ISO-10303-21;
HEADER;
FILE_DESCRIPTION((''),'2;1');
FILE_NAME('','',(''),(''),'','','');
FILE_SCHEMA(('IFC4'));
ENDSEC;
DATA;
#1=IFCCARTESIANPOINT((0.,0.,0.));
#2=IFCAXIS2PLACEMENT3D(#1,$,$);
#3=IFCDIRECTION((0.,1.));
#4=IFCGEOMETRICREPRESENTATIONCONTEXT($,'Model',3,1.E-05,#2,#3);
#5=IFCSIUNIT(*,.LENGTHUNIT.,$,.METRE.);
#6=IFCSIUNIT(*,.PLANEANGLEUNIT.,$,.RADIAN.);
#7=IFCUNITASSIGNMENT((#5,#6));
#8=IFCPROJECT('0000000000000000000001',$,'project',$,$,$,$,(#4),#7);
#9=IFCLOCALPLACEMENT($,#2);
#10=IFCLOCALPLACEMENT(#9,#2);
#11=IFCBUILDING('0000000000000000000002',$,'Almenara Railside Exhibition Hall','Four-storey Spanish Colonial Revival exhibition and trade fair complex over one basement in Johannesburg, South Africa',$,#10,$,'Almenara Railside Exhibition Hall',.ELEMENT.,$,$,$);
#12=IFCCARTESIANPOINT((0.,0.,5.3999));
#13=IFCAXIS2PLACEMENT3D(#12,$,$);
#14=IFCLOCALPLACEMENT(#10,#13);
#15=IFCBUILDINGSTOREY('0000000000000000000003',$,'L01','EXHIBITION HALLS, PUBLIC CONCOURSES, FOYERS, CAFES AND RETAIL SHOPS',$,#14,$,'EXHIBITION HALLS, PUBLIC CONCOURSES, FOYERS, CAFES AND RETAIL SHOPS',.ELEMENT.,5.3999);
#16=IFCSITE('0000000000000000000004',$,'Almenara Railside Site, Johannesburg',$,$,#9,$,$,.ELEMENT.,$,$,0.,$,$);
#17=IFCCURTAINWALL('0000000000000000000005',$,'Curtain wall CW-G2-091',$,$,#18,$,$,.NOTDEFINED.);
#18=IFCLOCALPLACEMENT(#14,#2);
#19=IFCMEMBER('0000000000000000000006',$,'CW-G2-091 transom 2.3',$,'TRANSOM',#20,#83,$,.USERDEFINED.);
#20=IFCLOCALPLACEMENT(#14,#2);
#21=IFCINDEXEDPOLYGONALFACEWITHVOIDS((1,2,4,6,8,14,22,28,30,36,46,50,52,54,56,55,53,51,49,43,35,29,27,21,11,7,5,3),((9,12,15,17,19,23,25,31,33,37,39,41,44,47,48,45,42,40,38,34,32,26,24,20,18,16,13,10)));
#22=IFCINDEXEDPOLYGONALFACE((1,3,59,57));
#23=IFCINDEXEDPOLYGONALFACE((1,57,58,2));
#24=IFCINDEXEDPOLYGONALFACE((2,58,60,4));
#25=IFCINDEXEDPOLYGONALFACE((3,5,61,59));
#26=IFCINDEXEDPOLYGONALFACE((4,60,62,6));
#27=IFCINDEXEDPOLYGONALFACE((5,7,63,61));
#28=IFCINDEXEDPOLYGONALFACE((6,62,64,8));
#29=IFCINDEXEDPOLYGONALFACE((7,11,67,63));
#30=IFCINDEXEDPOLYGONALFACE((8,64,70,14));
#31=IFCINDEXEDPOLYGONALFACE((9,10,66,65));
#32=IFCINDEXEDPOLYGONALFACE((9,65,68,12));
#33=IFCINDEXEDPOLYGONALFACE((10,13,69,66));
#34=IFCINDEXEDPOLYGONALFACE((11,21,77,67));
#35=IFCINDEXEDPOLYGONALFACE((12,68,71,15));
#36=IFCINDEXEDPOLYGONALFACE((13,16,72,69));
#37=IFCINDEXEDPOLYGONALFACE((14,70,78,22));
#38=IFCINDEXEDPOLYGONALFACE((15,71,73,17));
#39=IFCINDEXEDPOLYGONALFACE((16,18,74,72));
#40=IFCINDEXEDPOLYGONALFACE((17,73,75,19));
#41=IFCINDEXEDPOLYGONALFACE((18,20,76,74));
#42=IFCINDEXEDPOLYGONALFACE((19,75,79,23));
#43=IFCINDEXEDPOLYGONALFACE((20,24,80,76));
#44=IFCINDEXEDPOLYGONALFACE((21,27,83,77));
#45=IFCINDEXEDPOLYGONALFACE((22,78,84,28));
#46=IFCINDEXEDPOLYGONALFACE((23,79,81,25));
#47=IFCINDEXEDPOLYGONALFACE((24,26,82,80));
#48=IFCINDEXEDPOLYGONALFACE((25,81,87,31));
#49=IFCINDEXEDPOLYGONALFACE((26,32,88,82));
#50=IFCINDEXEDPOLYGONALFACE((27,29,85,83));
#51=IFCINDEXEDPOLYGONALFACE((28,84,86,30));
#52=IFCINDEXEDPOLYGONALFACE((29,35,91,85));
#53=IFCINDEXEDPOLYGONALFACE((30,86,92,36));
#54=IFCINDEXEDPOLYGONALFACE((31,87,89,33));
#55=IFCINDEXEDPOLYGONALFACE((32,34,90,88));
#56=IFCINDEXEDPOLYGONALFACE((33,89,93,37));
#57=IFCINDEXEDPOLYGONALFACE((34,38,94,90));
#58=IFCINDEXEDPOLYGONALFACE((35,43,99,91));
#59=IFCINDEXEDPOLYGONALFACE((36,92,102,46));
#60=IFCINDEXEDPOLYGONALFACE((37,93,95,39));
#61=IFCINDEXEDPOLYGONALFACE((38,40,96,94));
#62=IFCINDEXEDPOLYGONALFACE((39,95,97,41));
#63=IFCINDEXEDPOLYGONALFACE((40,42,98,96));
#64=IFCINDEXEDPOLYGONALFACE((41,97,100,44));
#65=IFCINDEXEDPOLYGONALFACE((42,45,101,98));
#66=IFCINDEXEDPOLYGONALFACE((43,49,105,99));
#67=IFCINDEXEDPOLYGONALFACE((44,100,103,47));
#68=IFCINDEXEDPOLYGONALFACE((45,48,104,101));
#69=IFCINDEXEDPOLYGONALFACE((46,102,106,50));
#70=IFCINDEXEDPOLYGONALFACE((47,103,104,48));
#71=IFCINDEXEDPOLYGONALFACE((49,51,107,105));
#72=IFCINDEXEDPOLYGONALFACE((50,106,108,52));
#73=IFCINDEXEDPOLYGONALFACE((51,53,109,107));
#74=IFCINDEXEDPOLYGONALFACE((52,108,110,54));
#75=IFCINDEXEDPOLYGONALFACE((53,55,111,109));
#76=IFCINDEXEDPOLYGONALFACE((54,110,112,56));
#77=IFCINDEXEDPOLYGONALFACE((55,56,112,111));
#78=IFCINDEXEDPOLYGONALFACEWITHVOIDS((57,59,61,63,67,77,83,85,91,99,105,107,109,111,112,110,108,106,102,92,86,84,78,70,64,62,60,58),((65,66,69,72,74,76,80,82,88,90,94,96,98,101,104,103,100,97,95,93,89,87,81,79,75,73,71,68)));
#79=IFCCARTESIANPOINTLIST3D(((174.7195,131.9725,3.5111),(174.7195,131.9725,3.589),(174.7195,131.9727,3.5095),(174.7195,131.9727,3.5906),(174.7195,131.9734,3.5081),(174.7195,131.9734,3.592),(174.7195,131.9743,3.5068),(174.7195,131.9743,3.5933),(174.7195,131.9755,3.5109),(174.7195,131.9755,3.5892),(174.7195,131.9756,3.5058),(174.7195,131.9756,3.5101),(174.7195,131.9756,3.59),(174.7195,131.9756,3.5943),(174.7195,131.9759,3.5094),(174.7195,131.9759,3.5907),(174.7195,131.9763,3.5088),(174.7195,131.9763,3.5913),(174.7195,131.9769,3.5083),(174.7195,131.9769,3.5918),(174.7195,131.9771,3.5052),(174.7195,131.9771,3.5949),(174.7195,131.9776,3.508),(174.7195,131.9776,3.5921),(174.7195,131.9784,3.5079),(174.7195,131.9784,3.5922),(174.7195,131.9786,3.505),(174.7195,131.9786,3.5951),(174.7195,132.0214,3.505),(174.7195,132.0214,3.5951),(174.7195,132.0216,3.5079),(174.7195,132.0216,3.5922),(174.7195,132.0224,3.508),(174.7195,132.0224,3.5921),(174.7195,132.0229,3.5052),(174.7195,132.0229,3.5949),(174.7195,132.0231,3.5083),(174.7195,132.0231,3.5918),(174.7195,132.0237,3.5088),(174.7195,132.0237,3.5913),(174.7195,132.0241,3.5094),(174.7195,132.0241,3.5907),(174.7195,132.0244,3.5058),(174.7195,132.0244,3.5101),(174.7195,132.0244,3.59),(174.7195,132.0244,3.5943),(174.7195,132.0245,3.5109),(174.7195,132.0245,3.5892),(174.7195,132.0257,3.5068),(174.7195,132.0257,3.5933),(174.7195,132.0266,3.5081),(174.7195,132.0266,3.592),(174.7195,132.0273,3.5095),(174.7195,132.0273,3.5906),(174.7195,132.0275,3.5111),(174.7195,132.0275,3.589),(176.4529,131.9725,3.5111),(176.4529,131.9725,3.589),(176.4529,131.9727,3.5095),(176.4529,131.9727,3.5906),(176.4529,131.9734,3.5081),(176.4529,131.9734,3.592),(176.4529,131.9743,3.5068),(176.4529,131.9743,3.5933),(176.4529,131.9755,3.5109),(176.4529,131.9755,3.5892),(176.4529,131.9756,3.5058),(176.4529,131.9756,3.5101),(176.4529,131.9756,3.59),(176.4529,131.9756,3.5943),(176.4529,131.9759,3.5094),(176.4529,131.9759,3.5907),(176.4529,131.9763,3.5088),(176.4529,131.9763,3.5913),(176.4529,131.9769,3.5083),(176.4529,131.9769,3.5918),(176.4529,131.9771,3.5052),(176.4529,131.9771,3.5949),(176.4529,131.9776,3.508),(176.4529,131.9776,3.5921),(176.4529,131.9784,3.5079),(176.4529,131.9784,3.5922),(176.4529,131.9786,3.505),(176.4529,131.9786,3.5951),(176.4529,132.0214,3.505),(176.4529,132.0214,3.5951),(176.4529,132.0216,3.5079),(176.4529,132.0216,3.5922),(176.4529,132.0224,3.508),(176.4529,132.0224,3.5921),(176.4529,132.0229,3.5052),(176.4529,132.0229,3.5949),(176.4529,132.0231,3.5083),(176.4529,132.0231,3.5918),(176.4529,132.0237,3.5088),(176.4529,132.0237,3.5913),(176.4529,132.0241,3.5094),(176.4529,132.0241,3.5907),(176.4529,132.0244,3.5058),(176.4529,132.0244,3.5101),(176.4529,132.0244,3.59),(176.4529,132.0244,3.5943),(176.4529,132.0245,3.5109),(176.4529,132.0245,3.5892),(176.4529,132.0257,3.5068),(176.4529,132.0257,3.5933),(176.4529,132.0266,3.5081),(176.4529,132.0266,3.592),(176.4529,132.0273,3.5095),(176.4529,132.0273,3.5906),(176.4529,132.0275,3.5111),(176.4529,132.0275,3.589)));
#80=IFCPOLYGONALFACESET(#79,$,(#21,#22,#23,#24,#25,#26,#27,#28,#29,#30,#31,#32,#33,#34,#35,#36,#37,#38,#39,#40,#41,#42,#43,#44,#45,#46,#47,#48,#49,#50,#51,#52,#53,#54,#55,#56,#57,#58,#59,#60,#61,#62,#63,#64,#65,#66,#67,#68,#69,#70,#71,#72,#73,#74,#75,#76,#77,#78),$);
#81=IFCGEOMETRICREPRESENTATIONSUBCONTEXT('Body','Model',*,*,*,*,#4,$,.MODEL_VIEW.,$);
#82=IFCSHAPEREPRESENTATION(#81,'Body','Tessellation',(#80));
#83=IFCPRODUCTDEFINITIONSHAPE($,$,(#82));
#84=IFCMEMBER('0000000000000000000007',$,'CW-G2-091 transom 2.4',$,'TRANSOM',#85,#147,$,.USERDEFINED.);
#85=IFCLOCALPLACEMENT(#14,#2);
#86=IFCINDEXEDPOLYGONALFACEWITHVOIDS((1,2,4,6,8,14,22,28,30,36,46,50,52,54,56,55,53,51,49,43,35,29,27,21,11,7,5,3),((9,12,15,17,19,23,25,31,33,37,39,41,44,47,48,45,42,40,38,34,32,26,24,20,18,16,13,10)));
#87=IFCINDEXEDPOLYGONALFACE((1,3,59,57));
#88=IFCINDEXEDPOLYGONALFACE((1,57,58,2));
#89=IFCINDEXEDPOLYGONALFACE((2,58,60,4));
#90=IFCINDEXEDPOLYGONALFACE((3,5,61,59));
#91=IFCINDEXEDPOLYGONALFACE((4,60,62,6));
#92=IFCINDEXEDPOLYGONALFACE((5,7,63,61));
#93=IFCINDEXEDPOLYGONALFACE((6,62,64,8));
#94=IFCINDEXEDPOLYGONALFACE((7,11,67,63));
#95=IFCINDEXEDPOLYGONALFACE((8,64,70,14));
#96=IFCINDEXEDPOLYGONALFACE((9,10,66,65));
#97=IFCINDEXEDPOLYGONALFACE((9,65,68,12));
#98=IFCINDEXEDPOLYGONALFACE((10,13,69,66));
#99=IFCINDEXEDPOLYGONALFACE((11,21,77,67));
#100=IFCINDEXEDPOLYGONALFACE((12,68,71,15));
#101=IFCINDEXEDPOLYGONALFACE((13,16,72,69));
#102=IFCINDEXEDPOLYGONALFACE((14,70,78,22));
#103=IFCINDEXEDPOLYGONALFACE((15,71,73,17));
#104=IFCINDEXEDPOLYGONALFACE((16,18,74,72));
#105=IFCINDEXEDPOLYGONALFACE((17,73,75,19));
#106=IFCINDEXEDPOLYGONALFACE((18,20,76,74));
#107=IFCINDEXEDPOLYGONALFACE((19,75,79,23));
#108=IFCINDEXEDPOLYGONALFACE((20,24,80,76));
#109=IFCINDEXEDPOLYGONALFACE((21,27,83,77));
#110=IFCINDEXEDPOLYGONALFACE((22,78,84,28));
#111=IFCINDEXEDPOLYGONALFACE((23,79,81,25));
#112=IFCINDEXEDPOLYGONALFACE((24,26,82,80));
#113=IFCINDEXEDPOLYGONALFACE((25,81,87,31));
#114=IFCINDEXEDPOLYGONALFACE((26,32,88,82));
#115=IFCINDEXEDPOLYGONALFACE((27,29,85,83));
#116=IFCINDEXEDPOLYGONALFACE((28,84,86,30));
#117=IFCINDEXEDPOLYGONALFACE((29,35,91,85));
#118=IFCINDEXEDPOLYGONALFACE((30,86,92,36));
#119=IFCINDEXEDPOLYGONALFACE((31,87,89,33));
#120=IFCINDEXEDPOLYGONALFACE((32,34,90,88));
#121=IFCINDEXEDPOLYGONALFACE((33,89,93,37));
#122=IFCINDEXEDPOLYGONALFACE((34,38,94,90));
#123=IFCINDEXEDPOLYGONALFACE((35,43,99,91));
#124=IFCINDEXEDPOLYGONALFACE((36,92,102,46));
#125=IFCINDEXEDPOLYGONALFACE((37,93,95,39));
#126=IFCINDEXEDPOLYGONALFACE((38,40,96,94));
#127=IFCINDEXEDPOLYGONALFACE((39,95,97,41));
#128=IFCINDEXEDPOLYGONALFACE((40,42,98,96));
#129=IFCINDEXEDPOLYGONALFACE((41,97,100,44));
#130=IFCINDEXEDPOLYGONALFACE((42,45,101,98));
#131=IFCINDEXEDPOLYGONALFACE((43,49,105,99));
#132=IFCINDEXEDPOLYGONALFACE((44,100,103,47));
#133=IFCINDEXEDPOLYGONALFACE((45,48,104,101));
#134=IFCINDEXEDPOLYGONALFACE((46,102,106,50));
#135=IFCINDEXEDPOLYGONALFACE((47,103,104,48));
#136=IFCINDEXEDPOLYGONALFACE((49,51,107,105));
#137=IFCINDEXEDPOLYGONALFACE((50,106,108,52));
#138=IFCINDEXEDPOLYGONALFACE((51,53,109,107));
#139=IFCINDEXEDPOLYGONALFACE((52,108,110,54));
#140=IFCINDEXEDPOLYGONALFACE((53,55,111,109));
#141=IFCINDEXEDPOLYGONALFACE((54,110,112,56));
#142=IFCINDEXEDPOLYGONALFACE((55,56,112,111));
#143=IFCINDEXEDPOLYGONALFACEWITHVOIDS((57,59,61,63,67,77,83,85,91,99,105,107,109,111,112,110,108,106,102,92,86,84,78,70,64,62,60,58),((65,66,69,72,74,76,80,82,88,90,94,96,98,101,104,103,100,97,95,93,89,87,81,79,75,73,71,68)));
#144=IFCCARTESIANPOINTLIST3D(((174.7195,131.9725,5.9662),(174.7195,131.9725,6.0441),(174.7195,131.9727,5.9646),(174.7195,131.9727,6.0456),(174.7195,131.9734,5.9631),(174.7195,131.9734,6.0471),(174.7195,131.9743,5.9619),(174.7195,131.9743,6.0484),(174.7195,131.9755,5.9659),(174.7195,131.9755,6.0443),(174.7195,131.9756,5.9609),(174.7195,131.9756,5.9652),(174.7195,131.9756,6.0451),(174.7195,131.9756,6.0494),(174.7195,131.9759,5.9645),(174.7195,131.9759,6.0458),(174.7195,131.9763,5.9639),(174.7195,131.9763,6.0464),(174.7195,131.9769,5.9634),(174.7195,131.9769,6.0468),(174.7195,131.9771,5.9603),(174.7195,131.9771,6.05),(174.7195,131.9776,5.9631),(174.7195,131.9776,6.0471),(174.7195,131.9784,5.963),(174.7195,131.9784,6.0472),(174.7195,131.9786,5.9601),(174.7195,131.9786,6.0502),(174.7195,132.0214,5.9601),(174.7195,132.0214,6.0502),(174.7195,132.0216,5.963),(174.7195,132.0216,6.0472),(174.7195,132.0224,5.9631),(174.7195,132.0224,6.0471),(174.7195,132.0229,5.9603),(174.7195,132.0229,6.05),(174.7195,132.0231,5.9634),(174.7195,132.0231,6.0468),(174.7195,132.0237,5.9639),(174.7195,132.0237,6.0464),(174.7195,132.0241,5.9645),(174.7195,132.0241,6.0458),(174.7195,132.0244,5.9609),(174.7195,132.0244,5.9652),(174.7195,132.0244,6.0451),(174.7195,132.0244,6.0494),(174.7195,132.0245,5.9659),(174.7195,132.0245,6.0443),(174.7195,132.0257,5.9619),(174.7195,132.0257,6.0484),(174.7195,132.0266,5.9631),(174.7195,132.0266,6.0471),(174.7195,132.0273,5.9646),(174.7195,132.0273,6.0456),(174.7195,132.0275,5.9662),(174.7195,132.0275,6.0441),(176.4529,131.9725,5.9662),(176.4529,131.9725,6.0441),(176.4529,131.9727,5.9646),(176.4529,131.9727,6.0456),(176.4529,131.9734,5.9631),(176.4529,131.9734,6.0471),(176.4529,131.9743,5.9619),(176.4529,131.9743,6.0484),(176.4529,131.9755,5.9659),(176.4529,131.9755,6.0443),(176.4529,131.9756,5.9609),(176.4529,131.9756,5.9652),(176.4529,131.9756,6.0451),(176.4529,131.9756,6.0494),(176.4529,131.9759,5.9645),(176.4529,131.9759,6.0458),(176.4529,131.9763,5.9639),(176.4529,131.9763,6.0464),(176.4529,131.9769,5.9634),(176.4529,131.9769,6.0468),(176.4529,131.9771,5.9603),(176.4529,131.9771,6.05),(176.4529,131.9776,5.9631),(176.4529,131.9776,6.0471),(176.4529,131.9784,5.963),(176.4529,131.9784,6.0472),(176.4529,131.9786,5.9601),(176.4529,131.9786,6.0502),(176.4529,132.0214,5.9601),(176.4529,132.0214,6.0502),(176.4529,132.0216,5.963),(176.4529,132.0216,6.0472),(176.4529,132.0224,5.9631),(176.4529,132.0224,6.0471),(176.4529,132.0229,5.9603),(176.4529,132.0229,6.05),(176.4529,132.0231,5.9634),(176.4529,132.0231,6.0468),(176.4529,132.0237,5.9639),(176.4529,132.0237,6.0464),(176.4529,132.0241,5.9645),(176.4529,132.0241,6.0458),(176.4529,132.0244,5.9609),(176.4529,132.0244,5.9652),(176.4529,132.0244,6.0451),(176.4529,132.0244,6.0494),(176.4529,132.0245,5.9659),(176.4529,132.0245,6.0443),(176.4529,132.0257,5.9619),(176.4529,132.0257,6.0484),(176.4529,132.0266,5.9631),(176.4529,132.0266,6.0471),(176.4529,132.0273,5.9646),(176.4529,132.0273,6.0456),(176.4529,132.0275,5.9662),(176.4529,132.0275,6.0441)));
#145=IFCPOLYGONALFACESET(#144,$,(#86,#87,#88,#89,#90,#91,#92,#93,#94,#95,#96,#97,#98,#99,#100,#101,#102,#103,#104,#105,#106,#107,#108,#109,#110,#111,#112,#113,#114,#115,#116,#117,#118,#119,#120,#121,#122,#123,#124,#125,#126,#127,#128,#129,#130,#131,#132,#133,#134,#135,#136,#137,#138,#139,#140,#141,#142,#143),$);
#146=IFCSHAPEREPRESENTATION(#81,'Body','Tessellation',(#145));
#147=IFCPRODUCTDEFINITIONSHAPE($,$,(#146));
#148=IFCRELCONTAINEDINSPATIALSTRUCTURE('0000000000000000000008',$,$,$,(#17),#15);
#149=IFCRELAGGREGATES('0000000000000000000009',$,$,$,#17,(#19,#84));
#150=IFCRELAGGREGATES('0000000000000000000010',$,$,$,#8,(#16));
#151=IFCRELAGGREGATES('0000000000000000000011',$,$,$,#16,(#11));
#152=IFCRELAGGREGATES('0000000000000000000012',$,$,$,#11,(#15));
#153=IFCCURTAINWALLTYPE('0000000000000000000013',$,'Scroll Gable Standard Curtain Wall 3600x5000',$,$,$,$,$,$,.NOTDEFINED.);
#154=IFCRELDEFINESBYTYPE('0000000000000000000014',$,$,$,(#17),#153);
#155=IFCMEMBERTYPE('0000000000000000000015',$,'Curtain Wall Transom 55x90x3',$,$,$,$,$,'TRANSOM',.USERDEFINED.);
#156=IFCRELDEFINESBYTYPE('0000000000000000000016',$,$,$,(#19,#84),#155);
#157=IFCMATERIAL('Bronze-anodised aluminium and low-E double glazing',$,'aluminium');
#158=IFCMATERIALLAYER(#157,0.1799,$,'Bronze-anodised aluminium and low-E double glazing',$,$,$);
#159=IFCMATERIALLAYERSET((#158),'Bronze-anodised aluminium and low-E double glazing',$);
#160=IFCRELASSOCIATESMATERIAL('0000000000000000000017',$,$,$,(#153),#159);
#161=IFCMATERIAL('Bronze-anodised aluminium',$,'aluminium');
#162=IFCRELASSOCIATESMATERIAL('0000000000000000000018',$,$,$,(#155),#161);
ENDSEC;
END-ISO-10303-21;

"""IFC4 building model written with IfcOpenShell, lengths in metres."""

from ifc_helpers import new_model, si_unit, direction, frame, origin, origin_2d, place, context, subcontext, project, spatial, hollow_rectangle, extrude, material, layer, layer_set, material_profile, profile_set, type_object, element, aggregate, save


model = new_model("IFC4")

# Units and contexts
model_context = context("Model", 3, precision=1e-05, world=origin(), true_north=direction((0.0, 1.0)))
body_context = subcontext(model_context, "Body", "Model", "MODEL_VIEW")
ifc_project = project(units=[si_unit("LENGTHUNIT", "METRE"), si_unit("PLANEANGLEUNIT", "RADIAN")], contexts=[model_context])

# Site, building, storey
site_placement = place(None, origin())
site = spatial("IfcSite", under=ifc_project, at=site_placement, Name="Almenara Railside Site, Johannesburg", CompositionType="ELEMENT", RefElevation=0.0)
building_placement = place(site_placement, origin())
building = spatial("IfcBuilding", under=site, at=building_placement, Name="Almenara Railside Exhibition Hall", Description="Four-storey Spanish Colonial Revival exhibition and trade fair complex over one basement in Johannesburg, South Africa", LongName="Almenara Railside Exhibition Hall", CompositionType="ELEMENT")
storey_placement = place(building_placement, frame((0.0, 0.0, 5.3999)))
storey = spatial("IfcBuildingStorey", under=building, at=storey_placement, Name="L01", Description="EXHIBITION HALLS, PUBLIC CONCOURSES, FOYERS, CAFES AND RETAIL SHOPS", LongName="EXHIBITION HALLS, PUBLIC CONCOURSES, FOYERS, CAFES AND RETAIL SHOPS", CompositionType="ELEMENT", Elevation=5.3999)

# Curtain wall
ifc_material_1 = material(Name="Bronze-anodised aluminium and low-E double glazing", Category="aluminium")
ifc_layer_1 = layer(ifc_material_1, 0.1799, Name="Bronze-anodised aluminium and low-E double glazing")
ifc_layer_set_1 = layer_set([ifc_layer_1], Name="Bronze-anodised aluminium and low-E double glazing")
curtain_wall_type = type_object("IfcCurtainWallType", Name="Scroll Gable Standard Curtain Wall 3600x5000", PredefinedType="NOTDEFINED", material=ifc_layer_set_1)
curtain_wall_1_placement = place(storey_placement, origin())
curtain_wall_1 = element("IfcCurtainWall", 1, at=curtain_wall_1_placement, inside=storey, type_object=curtain_wall_type, Name="Curtain wall CW-G2-091", PredefinedType="NOTDEFINED")
ifc_material_2 = material(Name="Bronze-anodised aluminium", Category="aluminium")

# Members
ifc_material_profile_1 = material_profile(ifc_material_2, hollow_rectangle(XDim=0.0549, YDim=0.0901, WallThickness=0.0029, InnerFilletRadius=0.0029, OuterFilletRadius=0.0061, at=origin_2d()), Name="ALU-TRN 55x90x3")
ifc_profile_set_1 = profile_set([ifc_material_profile_1], Name="Bronze-anodised aluminium")
member_type_1 = type_object("IfcMemberType", Name="Curtain Wall Transom 55x90x3", ElementType="TRANSOM", PredefinedType="USERDEFINED", material=ifc_profile_set_1)
member_1_placement = place(storey_placement, frame((174.7195, 132.0, 3.55), z_axis=(1.0, 0.0, 0.0), x_axis=(0.0, 1.0, 0.0)))
member_1 = element("IfcMember", 2, at=member_1_placement, type_object=member_type_1, Name="CW-G2-091 transom 2.3", ObjectType="TRANSOM", PredefinedType="USERDEFINED", context=body_context, shape_type="SweptSolid", body=[
    extrude(hollow_rectangle(XDim=0.0549, YDim=0.0901, WallThickness=0.0029, InnerFilletRadius=0.0029, OuterFilletRadius=0.0061, at=origin_2d()), origin(), (0.0, 0.0, 1.0), 1.7334),
])
member_2_placement = place(storey_placement, frame((174.7195, 132.0, 6.0051), z_axis=(1.0, 0.0, 0.0), x_axis=(0.0, 1.0, 0.0)))
member_2 = element("IfcMember", 3, at=member_2_placement, type_object=member_type_1, Name="CW-G2-091 transom 2.4", ObjectType="TRANSOM", PredefinedType="USERDEFINED", context=body_context, shape_type="SweptSolid", body=[
    extrude(hollow_rectangle(XDim=0.0549, YDim=0.0901, WallThickness=0.0029, InnerFilletRadius=0.0029, OuterFilletRadius=0.0061, at=origin_2d()), origin(), (0.0, 0.0, 1.0), 1.7334),
])

aggregate(curtain_wall_1, [member_1, member_2])

save(model, "model.ifc")
